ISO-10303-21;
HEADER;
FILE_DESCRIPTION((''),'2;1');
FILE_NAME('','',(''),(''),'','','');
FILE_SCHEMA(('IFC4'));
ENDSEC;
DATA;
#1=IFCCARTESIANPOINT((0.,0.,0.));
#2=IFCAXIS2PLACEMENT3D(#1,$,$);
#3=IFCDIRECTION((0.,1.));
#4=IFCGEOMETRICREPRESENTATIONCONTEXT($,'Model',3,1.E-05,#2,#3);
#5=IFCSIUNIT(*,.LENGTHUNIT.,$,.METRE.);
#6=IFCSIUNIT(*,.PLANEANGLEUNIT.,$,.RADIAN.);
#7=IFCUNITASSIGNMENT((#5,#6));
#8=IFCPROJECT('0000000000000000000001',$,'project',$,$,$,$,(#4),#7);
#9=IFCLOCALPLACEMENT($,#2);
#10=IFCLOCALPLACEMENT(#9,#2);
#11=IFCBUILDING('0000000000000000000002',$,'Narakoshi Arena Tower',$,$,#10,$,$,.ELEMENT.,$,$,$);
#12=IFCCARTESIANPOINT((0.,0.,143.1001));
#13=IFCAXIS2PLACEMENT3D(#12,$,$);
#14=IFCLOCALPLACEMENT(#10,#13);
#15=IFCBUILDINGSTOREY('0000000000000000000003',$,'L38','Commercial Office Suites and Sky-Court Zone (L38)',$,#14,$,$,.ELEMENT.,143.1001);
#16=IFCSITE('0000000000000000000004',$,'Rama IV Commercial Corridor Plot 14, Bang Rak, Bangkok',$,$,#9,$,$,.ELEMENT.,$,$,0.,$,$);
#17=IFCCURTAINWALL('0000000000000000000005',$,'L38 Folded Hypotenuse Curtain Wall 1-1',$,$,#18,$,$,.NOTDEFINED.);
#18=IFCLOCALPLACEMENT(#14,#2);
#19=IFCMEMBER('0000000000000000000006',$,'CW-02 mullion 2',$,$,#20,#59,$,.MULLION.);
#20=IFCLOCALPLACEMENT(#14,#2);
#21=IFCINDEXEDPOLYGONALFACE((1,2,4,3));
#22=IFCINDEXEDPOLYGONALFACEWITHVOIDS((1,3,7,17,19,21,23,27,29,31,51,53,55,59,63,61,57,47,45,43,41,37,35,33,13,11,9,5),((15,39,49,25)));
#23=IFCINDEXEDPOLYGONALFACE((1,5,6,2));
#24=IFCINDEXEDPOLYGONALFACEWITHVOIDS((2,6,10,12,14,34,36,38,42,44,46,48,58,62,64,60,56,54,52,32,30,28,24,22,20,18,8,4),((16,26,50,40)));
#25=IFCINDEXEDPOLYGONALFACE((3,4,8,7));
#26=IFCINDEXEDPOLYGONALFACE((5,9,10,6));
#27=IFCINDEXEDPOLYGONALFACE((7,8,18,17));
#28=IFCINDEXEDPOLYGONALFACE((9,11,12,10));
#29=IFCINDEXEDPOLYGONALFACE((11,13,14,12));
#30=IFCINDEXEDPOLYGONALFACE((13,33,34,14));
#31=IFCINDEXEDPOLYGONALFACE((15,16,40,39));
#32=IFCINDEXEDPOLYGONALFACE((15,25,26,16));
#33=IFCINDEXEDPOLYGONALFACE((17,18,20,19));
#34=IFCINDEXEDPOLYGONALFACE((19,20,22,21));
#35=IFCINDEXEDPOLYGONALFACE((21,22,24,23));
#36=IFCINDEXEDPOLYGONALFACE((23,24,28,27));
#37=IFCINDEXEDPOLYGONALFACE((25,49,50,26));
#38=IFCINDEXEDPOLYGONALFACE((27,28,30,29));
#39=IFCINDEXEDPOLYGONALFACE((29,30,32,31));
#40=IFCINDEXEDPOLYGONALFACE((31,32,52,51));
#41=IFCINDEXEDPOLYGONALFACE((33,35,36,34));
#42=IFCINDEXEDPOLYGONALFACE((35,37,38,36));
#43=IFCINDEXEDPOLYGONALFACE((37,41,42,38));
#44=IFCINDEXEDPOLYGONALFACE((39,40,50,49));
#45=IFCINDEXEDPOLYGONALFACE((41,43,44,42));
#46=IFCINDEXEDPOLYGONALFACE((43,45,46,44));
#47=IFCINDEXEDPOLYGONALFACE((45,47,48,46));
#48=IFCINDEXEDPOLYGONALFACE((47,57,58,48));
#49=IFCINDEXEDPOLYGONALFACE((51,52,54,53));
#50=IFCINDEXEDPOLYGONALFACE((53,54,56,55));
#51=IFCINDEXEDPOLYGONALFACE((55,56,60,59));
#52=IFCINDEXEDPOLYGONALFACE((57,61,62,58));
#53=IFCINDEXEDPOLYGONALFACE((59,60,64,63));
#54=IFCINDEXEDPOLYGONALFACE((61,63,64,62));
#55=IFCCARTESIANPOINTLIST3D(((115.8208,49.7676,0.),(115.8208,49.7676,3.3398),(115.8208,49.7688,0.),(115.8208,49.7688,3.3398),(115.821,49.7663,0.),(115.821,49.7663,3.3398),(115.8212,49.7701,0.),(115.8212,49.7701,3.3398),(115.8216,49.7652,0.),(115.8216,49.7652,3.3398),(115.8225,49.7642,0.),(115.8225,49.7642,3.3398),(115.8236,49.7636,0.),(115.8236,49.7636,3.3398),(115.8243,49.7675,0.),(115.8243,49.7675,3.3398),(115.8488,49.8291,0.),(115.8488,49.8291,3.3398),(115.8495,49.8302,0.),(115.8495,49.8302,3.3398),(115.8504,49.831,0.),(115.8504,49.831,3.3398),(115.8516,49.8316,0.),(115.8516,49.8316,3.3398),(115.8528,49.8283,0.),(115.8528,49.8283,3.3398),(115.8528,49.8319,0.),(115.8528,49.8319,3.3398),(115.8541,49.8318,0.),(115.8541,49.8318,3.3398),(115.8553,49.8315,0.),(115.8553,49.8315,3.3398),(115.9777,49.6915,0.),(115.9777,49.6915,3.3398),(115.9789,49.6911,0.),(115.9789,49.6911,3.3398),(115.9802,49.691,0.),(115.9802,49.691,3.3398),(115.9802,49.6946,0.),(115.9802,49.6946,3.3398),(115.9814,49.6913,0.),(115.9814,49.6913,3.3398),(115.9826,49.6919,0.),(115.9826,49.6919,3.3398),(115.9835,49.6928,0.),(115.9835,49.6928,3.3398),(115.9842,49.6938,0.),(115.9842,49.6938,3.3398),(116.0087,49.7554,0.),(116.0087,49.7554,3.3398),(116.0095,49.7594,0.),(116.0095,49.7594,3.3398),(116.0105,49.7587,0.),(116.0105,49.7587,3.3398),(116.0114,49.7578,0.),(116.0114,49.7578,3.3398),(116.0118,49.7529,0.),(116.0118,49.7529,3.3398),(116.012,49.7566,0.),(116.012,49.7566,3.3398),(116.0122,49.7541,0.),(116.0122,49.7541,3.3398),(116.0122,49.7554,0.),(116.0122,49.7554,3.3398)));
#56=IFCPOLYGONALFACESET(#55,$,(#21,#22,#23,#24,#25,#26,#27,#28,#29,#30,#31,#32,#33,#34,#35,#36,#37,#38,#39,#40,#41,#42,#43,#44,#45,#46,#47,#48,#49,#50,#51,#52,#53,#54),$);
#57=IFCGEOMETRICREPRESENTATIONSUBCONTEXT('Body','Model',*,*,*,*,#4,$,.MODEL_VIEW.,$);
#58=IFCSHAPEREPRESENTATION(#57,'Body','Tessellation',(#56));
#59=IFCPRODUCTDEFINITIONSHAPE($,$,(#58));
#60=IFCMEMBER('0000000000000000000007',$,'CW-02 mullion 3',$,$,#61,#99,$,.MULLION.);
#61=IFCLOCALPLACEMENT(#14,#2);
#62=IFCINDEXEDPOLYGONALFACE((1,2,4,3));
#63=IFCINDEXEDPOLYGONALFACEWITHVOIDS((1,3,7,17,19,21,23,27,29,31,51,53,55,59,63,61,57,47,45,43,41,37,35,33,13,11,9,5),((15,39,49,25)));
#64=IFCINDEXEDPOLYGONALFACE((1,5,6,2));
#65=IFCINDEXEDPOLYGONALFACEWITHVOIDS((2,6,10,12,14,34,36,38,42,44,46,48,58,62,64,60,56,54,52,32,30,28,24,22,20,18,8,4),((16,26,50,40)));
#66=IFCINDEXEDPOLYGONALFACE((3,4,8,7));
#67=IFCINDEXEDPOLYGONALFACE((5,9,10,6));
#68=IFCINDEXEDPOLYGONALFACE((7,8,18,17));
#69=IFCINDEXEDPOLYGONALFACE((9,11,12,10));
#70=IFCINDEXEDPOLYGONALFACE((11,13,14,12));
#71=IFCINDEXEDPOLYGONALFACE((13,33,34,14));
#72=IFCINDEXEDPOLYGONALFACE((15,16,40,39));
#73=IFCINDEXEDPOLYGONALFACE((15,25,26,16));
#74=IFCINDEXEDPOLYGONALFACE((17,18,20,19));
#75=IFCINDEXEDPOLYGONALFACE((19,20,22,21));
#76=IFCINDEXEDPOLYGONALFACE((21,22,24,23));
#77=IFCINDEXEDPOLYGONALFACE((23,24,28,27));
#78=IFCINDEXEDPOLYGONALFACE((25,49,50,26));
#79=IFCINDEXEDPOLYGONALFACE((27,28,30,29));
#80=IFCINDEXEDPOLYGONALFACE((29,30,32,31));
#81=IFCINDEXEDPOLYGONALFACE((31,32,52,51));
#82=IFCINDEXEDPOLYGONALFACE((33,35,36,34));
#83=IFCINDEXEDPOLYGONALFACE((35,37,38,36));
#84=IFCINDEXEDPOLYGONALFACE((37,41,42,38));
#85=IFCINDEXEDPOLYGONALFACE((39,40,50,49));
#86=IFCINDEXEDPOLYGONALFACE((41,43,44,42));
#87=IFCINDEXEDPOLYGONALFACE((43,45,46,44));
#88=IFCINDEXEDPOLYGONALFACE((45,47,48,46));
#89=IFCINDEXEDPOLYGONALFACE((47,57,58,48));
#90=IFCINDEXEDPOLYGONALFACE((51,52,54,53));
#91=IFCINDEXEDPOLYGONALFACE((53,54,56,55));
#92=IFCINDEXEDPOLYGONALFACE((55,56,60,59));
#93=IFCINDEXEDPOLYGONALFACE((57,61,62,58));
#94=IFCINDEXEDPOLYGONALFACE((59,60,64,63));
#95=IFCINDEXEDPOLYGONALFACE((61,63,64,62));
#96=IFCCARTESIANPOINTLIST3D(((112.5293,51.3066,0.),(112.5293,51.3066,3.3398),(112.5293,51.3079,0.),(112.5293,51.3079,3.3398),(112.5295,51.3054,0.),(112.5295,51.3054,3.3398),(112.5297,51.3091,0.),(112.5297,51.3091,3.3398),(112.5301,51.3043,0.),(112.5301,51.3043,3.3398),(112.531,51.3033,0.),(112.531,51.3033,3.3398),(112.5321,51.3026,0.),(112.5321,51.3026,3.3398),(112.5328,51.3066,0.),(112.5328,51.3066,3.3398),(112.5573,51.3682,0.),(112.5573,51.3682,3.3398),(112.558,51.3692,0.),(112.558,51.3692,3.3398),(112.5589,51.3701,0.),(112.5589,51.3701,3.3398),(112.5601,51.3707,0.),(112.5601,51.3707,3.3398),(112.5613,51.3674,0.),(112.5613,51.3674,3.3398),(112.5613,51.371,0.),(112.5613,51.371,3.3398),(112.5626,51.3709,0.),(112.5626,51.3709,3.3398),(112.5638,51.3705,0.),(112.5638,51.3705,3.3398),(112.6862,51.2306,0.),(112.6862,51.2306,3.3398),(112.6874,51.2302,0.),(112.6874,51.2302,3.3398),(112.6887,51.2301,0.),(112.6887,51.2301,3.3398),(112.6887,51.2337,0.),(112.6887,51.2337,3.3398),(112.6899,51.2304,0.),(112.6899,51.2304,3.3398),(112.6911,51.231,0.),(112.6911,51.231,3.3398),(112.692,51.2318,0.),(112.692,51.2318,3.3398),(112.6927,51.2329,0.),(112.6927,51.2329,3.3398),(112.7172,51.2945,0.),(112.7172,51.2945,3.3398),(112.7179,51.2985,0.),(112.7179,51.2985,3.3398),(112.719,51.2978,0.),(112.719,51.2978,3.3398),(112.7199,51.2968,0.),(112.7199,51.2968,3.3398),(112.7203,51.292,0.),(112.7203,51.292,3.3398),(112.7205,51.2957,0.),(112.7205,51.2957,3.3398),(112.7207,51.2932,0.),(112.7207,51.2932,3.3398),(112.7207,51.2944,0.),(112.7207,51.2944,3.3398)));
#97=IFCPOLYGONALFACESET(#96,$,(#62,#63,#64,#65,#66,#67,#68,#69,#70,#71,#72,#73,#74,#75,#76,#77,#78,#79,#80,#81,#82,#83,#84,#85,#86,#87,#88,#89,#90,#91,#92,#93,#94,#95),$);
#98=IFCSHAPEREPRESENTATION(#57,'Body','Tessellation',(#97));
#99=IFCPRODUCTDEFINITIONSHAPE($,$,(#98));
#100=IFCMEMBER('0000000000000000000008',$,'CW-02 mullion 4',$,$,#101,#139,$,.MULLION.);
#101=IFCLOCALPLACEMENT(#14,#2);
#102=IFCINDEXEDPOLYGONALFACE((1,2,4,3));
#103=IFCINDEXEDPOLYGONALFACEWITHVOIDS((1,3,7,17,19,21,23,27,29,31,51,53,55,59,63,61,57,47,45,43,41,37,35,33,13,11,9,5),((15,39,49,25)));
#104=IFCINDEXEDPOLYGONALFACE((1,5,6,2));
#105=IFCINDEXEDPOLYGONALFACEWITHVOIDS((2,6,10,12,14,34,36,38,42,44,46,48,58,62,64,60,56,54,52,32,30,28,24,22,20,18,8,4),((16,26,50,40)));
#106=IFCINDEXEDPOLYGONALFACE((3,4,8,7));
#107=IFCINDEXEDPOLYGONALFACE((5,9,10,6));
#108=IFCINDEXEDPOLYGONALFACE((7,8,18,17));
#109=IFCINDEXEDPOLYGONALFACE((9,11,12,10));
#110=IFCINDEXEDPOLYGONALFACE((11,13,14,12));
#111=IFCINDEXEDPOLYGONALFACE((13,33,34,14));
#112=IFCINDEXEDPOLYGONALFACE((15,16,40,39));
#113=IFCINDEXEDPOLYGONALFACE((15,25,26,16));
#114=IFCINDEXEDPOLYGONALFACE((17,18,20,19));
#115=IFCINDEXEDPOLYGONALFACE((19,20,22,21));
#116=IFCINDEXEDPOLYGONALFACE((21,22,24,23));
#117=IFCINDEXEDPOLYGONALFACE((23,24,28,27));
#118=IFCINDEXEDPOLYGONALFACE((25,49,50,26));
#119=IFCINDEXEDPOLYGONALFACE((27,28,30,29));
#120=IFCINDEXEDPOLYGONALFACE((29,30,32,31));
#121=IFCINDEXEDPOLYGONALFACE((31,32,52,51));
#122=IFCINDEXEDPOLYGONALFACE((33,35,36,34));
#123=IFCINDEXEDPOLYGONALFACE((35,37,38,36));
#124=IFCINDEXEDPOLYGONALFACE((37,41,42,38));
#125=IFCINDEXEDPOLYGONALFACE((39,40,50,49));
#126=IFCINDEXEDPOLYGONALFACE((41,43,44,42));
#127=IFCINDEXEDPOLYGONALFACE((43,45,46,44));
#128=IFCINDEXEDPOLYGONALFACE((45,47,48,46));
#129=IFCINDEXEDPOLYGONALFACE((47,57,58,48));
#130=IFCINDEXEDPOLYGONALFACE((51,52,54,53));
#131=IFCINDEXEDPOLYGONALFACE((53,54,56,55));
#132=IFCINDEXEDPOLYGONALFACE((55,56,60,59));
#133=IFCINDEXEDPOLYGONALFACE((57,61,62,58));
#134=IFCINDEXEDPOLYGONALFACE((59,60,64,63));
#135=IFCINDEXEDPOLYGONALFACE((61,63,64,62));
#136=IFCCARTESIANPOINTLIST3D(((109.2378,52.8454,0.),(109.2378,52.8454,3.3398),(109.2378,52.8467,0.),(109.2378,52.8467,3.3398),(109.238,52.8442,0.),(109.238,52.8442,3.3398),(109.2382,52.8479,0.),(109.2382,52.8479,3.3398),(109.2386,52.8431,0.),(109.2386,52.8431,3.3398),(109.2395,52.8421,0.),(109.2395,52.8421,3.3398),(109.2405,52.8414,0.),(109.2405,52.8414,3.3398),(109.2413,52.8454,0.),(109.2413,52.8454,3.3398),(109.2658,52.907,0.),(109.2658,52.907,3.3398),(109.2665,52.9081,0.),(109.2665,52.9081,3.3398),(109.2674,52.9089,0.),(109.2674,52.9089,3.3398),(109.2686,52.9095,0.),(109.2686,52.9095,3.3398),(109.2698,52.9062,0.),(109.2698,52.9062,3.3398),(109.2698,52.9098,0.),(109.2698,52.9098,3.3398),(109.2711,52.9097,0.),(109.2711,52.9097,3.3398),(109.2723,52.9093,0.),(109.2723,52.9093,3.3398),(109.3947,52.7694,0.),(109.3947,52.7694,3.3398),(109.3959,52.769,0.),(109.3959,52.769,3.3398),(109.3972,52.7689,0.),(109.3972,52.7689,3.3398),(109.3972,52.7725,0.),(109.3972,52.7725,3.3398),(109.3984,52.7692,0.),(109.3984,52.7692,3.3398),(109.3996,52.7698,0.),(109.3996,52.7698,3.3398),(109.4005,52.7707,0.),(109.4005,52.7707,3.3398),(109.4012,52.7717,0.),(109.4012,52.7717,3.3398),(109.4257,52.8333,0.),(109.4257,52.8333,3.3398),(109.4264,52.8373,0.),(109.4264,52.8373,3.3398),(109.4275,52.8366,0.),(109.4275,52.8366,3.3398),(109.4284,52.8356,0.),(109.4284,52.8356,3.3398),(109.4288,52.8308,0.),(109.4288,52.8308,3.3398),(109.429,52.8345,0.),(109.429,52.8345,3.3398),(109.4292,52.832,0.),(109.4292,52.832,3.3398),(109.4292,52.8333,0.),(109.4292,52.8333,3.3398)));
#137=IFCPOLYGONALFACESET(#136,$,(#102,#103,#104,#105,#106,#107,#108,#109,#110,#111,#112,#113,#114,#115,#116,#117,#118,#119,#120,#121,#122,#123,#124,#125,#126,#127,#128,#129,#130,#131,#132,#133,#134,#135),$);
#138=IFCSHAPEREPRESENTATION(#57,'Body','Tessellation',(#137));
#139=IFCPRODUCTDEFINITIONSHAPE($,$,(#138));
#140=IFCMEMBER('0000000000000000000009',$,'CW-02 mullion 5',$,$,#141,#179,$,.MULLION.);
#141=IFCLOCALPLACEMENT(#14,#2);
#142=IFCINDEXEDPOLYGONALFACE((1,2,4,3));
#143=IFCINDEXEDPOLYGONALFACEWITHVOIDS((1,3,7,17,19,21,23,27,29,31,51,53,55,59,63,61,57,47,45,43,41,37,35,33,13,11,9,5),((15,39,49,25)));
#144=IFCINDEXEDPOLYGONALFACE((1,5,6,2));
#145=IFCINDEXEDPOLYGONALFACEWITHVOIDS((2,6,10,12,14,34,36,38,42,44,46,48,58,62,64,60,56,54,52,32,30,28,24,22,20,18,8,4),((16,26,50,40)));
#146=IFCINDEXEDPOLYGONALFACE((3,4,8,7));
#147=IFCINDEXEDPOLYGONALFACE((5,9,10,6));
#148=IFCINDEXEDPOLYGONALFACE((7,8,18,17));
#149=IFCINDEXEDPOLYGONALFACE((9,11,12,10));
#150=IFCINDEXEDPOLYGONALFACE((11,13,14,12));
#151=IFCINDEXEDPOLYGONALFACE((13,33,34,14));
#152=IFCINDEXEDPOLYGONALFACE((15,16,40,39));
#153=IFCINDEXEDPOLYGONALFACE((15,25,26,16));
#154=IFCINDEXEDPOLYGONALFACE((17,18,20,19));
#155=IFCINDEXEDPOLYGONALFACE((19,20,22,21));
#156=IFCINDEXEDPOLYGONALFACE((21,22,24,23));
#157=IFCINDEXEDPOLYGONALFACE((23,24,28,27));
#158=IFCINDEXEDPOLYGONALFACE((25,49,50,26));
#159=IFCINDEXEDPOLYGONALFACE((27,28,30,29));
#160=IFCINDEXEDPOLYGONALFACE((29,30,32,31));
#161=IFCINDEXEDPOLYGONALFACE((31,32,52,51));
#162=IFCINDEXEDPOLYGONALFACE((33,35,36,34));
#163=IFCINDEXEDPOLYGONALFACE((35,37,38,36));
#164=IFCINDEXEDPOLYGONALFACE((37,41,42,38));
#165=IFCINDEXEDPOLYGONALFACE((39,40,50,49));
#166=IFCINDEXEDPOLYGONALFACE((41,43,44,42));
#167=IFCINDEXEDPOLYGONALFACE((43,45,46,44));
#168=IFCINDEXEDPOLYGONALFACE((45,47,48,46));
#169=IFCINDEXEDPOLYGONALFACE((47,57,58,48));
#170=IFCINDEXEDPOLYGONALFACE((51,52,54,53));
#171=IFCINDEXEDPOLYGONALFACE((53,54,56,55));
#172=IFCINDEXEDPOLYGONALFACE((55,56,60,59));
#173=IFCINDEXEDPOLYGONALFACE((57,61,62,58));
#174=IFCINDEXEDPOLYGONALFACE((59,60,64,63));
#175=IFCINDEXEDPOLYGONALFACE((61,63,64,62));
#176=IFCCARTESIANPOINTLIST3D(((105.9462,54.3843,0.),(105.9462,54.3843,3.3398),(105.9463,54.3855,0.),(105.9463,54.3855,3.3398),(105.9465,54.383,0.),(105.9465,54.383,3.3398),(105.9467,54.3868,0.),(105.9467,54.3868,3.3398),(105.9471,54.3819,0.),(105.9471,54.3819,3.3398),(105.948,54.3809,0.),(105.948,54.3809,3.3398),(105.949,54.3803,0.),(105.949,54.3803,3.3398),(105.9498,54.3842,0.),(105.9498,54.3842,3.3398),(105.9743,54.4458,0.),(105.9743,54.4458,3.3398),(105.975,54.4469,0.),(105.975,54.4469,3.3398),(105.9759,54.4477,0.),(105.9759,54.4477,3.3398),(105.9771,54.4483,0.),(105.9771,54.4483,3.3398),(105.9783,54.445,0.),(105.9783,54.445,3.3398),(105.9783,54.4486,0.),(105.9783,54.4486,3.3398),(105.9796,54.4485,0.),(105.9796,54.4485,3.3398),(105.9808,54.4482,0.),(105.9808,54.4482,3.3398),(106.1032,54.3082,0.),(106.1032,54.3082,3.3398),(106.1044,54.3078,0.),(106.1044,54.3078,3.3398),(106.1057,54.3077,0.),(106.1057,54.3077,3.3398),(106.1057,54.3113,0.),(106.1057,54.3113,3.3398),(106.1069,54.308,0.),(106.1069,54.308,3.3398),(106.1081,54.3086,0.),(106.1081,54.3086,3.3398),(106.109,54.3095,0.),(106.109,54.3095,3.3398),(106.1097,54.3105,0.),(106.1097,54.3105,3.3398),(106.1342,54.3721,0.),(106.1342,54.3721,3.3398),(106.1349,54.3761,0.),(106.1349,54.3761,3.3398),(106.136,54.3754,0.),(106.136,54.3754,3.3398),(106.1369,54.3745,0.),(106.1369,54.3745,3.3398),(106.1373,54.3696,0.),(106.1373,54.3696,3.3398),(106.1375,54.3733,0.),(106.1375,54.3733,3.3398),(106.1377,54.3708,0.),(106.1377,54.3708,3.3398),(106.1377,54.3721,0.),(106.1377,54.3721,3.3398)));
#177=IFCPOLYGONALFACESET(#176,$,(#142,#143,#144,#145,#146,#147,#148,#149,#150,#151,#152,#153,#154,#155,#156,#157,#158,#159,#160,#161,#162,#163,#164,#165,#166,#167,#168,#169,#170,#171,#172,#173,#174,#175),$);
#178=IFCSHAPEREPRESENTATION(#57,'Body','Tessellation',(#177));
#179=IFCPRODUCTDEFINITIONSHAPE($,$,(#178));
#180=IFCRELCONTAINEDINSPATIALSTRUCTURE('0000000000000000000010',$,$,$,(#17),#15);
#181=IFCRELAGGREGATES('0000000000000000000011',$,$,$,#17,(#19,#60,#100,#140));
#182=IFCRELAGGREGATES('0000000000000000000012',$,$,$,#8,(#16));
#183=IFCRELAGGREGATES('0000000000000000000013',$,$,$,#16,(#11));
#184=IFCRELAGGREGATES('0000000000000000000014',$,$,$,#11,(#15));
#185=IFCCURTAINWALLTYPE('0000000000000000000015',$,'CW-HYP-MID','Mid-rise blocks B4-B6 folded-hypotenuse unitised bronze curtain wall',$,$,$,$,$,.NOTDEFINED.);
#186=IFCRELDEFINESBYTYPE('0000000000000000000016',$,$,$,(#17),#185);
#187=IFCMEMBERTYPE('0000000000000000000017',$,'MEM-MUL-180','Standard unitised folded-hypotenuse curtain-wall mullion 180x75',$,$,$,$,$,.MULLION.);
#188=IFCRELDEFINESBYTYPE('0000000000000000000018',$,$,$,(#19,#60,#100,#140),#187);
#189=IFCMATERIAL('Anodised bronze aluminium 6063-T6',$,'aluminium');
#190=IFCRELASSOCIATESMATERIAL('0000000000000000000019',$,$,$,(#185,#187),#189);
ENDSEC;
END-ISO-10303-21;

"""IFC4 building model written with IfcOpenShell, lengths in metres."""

from ifc_helpers import new_model, si_unit, direction, frame, origin, origin_2d, place, context, subcontext, project, spatial, hollow_rectangle, extrude, material, material_profile, profile_set, type_object, element, aggregate, save


model = new_model("IFC4")

# Units and contexts
model_context = context("Model", 3, precision=1e-05, world=origin(), true_north=direction((0.0, 1.0)))
body_context = subcontext(model_context, "Body", "Model", "MODEL_VIEW")
ifc_project = project(units=[si_unit("LENGTHUNIT", "METRE"), si_unit("PLANEANGLEUNIT", "RADIAN")], contexts=[model_context])

# Site, building, storey
site_placement = place(None, origin())
site = spatial("IfcSite", under=ifc_project, at=site_placement, Name="Rama IV Commercial Corridor Plot 14, Bang Rak, Bangkok", CompositionType="ELEMENT", RefElevation=0.0)
building_placement = place(site_placement, origin())
building = spatial("IfcBuilding", under=site, at=building_placement, Name="Narakoshi Arena Tower", CompositionType="ELEMENT")
storey_placement = place(building_placement, frame((0.0, 0.0, 143.1001)))
storey = spatial("IfcBuildingStorey", under=building, at=storey_placement, Name="L38", Description="Commercial Office Suites and Sky-Court Zone (L38)", CompositionType="ELEMENT", Elevation=143.1001)

# Curtain wall, members
ifc_material_1 = material(Name="Anodised bronze aluminium 6063-T6", Category="aluminium")
curtain_wall_type = type_object("IfcCurtainWallType", Name="CW-HYP-MID", Description="Mid-rise blocks B4-B6 folded-hypotenuse unitised bronze curtain wall", PredefinedType="NOTDEFINED", material=ifc_material_1)
curtain_wall_placement = place(storey_placement, origin())
curtain_wall = element("IfcCurtainWall", 1, at=curtain_wall_placement, inside=storey, type_object=curtain_wall_type, Name="L38 Folded Hypotenuse Curtain Wall 1-1", PredefinedType="NOTDEFINED")
ifc_material_profile_1 = material_profile(ifc_material_1, hollow_rectangle(XDim=0.075, YDim=0.1799, WallThickness=0.0039, OuterFilletRadius=0.0049, at=origin_2d()), Name="MUL180x75x4")
ifc_profile_set_1 = profile_set([ifc_material_profile_1], Name="Anodised bronze aluminium 6063-T6")
member_type_1 = type_object("IfcMemberType", Name="MEM-MUL-180", Description="Standard unitised folded-hypotenuse curtain-wall mullion 180x75", PredefinedType="MULLION", material=ifc_profile_set_1)
member_1_placement = place(storey_placement, frame((115.9165, 49.7615, 0.0), z_axis=(0.0, 0.0, 1.0), x_axis=(-0.423532, -0.905881, 0.0)))
member_1 = element("IfcMember", 2, at=member_1_placement, type_object=member_type_1, Name="CW-02 mullion 2", PredefinedType="MULLION", context=body_context, shape_type="SweptSolid", body=[
    extrude(hollow_rectangle(XDim=0.075, YDim=0.1799, WallThickness=0.0039, OuterFilletRadius=0.0049, at=origin_2d()), origin(), (0.0, 0.0, 1.0), 3.3398),
])
member_2_placement = place(storey_placement, frame((112.625, 51.3005, 0.0), z_axis=(0.0, 0.0, 1.0), x_axis=(-0.423532, -0.905881, 0.0)))
member_2 = element("IfcMember", 3, at=member_2_placement, type_object=member_type_1, Name="CW-02 mullion 3", PredefinedType="MULLION", context=body_context, shape_type="SweptSolid", body=[
    extrude(hollow_rectangle(XDim=0.075, YDim=0.1799, WallThickness=0.0039, OuterFilletRadius=0.0049, at=origin_2d()), origin(), (0.0, 0.0, 1.0), 3.3398),
])
member_3_placement = place(storey_placement, frame((109.3335, 52.8394, 0.0), z_axis=(0.0, 0.0, 1.0), x_axis=(-0.423532, -0.905881, 0.0)))
member_3 = element("IfcMember", 4, at=member_3_placement, type_object=member_type_1, Name="CW-02 mullion 4", PredefinedType="MULLION", context=body_context, shape_type="SweptSolid", body=[
    extrude(hollow_rectangle(XDim=0.075, YDim=0.1799, WallThickness=0.0039, OuterFilletRadius=0.0049, at=origin_2d()), origin(), (0.0, 0.0, 1.0), 3.3398),
])
member_4_placement = place(storey_placement, frame((106.042, 54.3782, 0.0), z_axis=(0.0, 0.0, 1.0), x_axis=(-0.423532, -0.905881, 0.0)))
member_4 = element("IfcMember", 5, at=member_4_placement, type_object=member_type_1, Name="CW-02 mullion 5", PredefinedType="MULLION", context=body_context, shape_type="SweptSolid", body=[
    extrude(hollow_rectangle(XDim=0.075, YDim=0.1799, WallThickness=0.0039, OuterFilletRadius=0.0049, at=origin_2d()), origin(), (0.0, 0.0, 1.0), 3.3398),
])
aggregate(curtain_wall, [member_1, member_2, member_3, member_4])

save(model, "model.ifc")
